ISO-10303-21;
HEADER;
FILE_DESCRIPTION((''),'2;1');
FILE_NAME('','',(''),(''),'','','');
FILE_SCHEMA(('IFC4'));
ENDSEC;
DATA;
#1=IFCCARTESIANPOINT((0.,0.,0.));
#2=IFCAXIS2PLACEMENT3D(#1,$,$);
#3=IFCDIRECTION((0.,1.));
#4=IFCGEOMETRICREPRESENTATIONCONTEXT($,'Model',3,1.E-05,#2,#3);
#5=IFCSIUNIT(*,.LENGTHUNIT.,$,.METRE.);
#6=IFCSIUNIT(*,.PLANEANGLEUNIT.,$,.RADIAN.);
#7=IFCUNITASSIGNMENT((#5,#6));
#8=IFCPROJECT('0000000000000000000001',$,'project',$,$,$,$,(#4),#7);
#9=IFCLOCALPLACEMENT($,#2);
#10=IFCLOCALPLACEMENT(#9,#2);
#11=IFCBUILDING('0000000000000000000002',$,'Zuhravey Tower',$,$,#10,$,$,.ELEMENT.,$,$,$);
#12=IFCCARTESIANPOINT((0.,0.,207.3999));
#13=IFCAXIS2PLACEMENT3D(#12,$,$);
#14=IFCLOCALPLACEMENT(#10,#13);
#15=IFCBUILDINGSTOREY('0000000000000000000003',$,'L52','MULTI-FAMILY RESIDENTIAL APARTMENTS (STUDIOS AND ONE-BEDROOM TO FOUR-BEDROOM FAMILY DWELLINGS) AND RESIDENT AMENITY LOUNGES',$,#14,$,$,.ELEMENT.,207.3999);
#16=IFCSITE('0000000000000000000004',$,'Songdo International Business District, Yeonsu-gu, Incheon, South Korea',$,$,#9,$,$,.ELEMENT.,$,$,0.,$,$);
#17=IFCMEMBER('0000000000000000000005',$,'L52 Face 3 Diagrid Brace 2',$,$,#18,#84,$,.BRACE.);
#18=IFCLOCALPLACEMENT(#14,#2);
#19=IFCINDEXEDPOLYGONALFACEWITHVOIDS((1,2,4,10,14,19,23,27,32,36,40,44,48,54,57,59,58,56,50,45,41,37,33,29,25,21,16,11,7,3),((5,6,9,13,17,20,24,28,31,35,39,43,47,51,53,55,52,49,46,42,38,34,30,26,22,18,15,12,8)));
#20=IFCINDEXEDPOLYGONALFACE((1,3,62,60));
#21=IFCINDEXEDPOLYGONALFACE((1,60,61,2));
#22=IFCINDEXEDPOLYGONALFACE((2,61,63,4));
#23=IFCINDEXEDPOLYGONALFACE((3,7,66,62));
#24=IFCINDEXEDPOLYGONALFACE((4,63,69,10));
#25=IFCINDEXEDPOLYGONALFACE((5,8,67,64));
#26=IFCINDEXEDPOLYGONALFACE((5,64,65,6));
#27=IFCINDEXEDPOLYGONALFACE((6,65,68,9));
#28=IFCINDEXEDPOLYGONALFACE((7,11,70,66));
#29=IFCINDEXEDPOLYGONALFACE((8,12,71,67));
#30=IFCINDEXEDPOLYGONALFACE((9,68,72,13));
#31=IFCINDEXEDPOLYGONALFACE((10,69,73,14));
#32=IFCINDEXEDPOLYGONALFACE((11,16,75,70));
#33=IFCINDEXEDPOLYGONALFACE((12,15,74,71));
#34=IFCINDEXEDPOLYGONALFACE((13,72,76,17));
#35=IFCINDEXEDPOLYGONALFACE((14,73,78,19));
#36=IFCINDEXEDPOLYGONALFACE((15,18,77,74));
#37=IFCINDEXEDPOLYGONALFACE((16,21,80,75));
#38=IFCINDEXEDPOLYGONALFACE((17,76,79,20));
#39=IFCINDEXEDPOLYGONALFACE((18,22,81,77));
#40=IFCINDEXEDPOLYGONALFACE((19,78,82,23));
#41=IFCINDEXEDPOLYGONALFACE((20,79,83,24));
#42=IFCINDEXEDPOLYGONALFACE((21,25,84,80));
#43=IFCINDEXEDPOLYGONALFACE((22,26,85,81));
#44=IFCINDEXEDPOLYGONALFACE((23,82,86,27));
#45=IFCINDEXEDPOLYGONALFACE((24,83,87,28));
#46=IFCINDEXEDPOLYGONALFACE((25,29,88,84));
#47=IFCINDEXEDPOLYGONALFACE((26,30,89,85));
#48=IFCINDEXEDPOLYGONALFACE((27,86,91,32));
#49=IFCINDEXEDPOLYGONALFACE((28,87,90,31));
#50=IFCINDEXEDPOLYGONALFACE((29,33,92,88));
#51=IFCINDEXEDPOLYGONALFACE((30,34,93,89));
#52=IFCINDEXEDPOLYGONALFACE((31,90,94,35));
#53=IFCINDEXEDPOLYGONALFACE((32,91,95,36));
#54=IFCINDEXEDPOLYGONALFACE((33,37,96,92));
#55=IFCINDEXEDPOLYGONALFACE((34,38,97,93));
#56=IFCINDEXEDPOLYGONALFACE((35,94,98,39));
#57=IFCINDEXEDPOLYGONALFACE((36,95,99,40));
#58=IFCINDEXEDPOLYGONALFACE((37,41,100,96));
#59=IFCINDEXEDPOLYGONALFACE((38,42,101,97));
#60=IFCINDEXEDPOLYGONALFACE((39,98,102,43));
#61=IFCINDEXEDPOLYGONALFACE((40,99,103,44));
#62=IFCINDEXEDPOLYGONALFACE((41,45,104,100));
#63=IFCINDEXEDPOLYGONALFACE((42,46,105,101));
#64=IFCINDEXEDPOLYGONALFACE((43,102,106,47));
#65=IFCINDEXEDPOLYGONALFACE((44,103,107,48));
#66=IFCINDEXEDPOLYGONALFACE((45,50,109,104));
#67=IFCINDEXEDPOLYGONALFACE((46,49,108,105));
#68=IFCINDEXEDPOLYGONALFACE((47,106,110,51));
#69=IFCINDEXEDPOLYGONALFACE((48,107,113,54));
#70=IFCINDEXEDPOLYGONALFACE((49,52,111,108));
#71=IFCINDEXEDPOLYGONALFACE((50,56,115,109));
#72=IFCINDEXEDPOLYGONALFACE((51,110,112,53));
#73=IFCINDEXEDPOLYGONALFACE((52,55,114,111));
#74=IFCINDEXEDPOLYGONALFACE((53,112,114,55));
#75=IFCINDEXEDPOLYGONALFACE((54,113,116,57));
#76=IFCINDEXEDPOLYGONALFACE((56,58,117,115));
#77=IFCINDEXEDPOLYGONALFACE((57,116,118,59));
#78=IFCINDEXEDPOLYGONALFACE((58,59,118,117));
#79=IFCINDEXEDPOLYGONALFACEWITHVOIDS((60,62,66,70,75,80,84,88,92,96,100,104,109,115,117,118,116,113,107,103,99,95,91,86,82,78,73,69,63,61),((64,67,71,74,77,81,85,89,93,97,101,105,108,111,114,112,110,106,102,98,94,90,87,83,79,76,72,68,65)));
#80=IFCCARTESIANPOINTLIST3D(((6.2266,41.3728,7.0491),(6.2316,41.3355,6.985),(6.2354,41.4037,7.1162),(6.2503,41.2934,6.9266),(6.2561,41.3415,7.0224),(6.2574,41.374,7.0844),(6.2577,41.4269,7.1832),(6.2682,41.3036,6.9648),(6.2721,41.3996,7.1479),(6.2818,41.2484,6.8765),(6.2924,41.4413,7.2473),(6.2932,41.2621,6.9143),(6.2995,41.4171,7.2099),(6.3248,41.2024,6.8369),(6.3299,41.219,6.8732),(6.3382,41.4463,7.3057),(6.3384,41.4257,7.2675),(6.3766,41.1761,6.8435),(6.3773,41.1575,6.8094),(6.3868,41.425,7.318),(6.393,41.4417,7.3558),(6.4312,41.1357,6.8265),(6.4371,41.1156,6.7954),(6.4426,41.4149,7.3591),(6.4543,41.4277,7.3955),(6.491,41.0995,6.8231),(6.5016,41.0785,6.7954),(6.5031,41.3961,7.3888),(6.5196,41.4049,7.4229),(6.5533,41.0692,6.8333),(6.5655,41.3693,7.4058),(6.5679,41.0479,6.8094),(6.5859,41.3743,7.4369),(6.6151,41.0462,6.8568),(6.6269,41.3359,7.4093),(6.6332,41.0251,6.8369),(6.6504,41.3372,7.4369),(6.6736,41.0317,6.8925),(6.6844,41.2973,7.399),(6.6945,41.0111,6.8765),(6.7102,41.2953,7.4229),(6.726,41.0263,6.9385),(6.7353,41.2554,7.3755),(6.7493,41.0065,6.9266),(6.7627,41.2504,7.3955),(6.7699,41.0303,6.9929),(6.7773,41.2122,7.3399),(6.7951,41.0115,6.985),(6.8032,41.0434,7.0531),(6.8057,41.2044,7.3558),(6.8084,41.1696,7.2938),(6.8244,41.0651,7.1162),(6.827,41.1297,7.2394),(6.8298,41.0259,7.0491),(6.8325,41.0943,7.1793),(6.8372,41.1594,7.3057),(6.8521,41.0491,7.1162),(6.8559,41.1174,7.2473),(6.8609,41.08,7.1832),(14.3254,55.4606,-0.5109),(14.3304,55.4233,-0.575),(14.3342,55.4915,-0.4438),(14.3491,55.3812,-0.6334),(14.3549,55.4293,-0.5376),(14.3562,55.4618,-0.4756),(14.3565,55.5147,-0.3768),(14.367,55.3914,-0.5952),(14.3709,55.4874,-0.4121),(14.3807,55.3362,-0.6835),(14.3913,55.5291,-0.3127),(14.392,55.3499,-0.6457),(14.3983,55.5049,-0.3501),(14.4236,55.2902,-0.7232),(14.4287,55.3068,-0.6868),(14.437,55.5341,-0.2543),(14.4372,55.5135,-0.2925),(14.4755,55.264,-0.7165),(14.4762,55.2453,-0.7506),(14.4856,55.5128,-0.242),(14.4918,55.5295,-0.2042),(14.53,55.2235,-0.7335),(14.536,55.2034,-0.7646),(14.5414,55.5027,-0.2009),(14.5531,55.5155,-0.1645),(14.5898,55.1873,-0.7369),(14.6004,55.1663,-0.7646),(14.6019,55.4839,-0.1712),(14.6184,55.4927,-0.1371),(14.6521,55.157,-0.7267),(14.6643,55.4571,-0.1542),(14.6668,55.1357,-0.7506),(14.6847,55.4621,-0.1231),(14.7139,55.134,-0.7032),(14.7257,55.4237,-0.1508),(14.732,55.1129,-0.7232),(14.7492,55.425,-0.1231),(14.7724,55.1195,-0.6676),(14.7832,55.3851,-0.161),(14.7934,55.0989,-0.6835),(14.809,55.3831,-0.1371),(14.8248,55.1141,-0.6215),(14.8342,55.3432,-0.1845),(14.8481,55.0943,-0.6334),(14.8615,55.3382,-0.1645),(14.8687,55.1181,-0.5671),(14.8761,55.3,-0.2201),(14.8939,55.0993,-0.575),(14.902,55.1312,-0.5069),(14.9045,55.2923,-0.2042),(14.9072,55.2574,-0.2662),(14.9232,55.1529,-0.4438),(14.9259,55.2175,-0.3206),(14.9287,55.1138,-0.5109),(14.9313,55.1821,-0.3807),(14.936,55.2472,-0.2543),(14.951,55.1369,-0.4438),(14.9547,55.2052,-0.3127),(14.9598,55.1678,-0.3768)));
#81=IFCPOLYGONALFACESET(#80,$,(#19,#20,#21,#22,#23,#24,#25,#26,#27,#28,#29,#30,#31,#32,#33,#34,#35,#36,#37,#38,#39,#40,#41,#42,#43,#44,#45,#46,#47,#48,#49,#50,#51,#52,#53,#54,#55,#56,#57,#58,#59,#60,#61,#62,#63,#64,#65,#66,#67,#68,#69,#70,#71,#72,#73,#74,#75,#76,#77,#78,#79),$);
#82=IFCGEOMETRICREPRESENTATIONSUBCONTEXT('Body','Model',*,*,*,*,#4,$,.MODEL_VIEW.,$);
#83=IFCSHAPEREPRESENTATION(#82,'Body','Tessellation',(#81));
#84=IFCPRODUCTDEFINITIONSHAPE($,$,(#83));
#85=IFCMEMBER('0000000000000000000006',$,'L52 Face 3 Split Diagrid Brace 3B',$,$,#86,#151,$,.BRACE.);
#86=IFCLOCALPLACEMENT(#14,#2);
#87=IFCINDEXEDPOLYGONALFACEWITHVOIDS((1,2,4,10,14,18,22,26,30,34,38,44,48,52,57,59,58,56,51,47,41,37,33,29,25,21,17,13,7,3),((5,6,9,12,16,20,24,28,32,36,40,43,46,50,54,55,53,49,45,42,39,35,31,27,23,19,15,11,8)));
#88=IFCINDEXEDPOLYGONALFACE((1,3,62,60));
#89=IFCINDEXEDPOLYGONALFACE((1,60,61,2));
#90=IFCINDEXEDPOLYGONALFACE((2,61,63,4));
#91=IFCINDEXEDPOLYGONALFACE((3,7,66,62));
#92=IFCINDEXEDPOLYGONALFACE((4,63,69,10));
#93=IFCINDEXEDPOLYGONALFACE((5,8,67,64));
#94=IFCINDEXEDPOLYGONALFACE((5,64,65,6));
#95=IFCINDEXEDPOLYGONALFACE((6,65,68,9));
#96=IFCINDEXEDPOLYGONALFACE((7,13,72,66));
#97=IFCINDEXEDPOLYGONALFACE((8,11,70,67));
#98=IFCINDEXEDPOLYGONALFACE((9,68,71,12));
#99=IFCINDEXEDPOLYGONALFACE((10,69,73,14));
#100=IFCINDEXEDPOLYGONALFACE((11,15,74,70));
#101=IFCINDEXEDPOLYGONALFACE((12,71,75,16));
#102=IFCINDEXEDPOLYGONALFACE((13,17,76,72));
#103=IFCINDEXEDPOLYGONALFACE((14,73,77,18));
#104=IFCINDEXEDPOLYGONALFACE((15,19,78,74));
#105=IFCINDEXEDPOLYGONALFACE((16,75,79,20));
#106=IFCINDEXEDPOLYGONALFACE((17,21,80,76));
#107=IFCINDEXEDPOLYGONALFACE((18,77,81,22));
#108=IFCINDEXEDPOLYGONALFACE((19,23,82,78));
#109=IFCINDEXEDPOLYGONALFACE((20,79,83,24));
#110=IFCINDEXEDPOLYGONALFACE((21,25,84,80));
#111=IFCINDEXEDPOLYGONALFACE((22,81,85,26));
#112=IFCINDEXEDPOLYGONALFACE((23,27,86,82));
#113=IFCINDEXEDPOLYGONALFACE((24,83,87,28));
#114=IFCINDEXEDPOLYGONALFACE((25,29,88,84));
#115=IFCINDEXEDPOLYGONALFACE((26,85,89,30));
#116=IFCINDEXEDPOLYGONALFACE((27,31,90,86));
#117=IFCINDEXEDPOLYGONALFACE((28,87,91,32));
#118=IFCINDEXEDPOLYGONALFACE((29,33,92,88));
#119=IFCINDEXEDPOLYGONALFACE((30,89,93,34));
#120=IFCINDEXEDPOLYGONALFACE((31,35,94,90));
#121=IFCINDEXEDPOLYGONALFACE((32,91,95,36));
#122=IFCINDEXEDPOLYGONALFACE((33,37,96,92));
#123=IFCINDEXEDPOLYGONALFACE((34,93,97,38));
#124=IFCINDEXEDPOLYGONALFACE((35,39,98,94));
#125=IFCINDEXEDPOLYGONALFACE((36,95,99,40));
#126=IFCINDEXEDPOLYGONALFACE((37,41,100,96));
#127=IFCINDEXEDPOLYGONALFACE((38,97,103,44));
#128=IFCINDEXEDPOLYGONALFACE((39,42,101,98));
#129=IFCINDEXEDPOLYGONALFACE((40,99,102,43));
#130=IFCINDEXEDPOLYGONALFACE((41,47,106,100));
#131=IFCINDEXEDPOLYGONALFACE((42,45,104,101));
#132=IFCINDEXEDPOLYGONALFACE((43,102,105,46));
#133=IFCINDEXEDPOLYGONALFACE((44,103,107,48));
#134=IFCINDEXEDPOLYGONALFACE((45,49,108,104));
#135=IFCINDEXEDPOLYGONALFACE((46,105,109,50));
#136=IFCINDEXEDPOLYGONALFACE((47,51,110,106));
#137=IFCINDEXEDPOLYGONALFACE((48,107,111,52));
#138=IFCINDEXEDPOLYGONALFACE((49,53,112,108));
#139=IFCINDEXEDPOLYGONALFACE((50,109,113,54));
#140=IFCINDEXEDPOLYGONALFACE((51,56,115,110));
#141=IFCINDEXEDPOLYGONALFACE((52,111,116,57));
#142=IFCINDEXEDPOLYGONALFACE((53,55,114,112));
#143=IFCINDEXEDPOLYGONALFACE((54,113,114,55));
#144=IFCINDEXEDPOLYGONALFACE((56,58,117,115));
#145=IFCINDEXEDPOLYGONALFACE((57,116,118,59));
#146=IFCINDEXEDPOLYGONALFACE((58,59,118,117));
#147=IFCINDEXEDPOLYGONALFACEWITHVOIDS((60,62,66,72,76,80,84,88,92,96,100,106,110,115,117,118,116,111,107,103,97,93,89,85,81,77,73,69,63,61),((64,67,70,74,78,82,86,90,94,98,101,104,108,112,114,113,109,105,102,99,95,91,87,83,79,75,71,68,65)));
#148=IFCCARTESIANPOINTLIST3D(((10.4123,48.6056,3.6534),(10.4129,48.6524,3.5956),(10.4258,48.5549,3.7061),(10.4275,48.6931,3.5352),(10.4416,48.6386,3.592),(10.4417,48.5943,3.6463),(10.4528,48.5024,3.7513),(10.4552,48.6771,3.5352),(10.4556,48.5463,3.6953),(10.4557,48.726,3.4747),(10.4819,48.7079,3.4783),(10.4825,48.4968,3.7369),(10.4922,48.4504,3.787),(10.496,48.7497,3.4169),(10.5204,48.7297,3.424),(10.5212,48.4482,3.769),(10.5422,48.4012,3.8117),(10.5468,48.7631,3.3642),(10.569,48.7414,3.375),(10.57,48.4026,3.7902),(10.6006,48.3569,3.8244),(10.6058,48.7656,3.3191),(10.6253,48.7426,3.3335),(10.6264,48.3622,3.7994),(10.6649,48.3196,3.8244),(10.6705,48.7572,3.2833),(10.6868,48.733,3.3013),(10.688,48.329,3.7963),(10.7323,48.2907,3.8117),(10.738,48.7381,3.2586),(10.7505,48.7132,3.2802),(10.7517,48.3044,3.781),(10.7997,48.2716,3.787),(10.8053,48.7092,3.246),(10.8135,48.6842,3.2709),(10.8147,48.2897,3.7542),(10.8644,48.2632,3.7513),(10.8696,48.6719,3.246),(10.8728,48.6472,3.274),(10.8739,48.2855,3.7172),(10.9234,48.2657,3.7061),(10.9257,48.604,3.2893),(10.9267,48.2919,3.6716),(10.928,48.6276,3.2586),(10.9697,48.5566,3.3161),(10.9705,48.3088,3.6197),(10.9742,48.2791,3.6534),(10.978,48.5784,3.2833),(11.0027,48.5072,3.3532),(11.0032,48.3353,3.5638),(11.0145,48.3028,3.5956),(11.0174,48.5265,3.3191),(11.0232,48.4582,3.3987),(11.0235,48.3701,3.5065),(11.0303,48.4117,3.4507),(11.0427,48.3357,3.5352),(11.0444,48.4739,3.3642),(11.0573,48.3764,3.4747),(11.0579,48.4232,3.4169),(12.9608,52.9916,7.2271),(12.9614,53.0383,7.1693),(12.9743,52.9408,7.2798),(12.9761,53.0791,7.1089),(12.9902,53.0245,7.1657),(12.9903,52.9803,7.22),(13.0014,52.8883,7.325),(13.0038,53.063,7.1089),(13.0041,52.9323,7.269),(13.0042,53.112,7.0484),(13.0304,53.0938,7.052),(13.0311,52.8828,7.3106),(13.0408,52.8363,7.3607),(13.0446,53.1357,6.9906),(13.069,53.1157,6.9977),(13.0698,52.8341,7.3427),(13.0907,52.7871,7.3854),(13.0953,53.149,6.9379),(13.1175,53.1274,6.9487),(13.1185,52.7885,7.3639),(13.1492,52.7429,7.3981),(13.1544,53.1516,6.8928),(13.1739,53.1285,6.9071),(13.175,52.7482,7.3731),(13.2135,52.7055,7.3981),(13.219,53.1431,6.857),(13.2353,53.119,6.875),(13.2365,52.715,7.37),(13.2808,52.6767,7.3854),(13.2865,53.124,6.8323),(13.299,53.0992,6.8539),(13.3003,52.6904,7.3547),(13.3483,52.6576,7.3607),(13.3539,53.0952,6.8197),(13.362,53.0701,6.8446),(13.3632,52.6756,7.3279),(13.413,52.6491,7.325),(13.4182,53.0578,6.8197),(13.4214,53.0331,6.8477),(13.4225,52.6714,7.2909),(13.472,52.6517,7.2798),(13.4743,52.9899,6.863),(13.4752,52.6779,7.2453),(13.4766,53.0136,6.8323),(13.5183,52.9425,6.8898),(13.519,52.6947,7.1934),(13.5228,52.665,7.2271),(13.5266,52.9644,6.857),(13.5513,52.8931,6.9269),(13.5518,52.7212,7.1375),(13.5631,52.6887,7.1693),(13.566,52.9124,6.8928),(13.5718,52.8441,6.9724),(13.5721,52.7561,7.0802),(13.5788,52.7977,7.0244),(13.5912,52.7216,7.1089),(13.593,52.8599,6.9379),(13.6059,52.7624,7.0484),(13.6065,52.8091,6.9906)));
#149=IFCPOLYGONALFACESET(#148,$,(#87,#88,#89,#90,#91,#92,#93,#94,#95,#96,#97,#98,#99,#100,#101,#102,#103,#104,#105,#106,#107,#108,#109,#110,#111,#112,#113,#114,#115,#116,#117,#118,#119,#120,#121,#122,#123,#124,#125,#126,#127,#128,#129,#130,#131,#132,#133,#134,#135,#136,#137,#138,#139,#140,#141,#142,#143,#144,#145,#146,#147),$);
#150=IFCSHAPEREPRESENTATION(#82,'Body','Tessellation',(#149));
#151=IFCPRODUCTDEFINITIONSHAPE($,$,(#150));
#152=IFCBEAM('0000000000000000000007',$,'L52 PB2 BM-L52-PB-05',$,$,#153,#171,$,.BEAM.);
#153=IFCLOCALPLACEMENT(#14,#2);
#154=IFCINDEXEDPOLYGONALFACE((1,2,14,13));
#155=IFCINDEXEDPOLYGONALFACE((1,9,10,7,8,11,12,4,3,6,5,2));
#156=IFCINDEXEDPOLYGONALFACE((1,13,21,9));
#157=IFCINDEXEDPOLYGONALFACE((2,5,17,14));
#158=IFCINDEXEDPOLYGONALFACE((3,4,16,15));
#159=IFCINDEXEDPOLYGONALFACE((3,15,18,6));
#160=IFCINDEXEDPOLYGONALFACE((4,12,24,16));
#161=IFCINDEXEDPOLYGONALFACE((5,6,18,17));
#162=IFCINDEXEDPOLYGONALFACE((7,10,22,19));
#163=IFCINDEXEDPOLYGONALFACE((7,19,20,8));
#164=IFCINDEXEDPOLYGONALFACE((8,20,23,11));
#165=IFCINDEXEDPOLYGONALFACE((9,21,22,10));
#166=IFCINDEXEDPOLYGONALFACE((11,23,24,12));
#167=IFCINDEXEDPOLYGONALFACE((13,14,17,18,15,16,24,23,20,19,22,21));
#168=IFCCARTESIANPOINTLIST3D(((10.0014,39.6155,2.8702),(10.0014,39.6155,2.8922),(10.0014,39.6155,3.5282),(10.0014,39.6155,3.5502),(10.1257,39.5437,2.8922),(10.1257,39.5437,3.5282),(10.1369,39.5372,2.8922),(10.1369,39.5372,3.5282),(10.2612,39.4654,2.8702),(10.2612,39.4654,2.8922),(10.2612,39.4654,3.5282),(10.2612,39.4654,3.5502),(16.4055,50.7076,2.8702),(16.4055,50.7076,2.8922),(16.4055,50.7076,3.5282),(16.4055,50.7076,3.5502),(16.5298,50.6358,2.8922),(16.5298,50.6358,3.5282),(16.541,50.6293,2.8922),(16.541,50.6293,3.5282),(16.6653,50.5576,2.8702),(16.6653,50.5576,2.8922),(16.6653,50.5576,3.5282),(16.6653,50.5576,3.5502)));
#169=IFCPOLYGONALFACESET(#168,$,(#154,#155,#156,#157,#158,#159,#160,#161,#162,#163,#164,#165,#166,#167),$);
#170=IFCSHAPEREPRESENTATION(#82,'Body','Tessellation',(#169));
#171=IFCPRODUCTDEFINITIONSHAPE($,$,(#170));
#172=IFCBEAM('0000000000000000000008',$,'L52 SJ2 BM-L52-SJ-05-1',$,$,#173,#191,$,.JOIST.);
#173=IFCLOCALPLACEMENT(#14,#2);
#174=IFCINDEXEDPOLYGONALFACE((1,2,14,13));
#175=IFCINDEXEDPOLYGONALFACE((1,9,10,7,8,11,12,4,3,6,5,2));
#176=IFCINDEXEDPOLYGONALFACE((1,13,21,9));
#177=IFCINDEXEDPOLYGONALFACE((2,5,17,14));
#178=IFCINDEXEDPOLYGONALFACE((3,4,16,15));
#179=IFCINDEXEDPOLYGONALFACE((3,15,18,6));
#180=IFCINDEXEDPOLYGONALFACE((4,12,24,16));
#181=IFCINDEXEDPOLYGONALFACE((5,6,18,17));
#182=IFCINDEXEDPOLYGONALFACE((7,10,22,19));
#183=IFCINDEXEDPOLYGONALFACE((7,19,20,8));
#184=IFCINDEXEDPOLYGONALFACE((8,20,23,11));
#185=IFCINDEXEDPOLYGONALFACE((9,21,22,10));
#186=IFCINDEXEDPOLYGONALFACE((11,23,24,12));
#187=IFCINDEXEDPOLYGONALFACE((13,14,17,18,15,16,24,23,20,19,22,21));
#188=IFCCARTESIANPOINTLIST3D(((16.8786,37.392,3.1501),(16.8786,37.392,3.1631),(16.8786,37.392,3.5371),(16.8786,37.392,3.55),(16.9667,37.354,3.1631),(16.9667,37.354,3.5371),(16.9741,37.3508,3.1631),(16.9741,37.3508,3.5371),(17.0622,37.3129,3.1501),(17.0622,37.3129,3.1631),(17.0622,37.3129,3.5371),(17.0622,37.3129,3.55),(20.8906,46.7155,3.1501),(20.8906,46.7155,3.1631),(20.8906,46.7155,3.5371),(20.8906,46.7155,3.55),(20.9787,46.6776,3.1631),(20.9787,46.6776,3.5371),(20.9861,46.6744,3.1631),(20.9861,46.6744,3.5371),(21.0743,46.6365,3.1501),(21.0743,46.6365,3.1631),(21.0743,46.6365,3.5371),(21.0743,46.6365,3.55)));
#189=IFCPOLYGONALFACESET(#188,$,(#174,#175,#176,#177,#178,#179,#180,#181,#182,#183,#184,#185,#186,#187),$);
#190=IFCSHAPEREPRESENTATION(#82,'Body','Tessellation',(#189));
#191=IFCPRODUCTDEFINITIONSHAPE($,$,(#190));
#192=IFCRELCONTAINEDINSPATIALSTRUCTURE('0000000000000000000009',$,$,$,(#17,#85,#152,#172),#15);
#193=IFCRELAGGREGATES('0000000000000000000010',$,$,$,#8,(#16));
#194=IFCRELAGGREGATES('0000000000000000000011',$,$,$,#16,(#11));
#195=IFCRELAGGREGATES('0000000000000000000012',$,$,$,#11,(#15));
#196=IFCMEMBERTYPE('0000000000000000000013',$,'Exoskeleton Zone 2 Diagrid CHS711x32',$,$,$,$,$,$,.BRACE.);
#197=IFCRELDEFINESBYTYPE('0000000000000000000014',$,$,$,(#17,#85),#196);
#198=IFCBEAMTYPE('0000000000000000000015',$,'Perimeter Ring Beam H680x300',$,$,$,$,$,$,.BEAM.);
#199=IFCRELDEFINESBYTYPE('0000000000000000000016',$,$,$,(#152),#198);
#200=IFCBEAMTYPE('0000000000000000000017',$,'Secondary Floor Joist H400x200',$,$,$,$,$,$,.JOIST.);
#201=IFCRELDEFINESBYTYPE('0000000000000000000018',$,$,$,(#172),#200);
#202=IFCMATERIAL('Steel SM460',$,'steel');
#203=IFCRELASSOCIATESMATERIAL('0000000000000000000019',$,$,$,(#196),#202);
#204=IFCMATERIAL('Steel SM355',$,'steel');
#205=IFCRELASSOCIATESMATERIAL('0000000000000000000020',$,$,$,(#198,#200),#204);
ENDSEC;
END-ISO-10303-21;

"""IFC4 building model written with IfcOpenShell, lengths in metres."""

from ifc_helpers import new_model, si_unit, direction, frame, origin, origin_2d, place, context, subcontext, project, spatial, hollow_circle, i_section, extrude, material, material_profile, profile_set, type_object, element, save


model = new_model("IFC4")

# Units and contexts
model_context = context("Model", 3, precision=1e-05, world=origin(), true_north=direction((0.0, 1.0)))
body_context = subcontext(model_context, "Body", "Model", "MODEL_VIEW")
ifc_project = project(units=[si_unit("LENGTHUNIT", "METRE"), si_unit("PLANEANGLEUNIT", "RADIAN")], contexts=[model_context])

# Site, building, storey
site_placement = place(None, origin())
site = spatial("IfcSite", under=ifc_project, at=site_placement, Name="Songdo International Business District, Yeonsu-gu, Incheon, South Korea", CompositionType="ELEMENT", RefElevation=0.0)
building_placement = place(site_placement, origin())
building = spatial("IfcBuilding", under=site, at=building_placement, Name="Zuhravey Tower", CompositionType="ELEMENT")
storey_placement = place(building_placement, frame((0.0, 0.0, 207.3999)))
storey = spatial("IfcBuildingStorey", under=building, at=storey_placement, Name="L52", Description="MULTI-FAMILY RESIDENTIAL APARTMENTS (STUDIOS AND ONE-BEDROOM TO FOUR-BEDROOM FAMILY DWELLINGS) AND RESIDENT AMENITY LOUNGES", CompositionType="ELEMENT", Elevation=207.3999)

# Members
ifc_material_1 = material(Name="Steel SM355", Category="steel")
ifc_material_2 = material(Name="Steel SM460", Category="steel")
ifc_material_profile_1 = material_profile(ifc_material_2, hollow_circle(Radius=0.3557, WallThickness=0.032, at=origin_2d()), Name="CHS-711.2x32")
ifc_profile_set_1 = profile_set([ifc_material_profile_1], Name="Steel SM460")
member_type_1 = type_object("IfcMemberType", Name="Exoskeleton Zone 2 Diagrid CHS711x32", PredefinedType="BRACE", material=ifc_profile_set_1)
member_1_placement = place(storey_placement, frame((14.6426, 55.3142, -0.4438), z_axis=(-0.451884, -0.786046, 0.42182), x_axis=(0.86695, -0.498394, 0.0)))
element("IfcMember", 1, at=member_1_placement, inside=storey, type_object=member_type_1, Name="L52 Face 3 Diagrid Brace 2", PredefinedType="BRACE", context=body_context, shape_type="SweptSolid", body=[
    extrude(hollow_circle(Radius=0.3557, WallThickness=0.032, at=origin_2d()), origin(), (0.0, 0.0, 1.0), 17.9224),
])
member_2_placement = place(storey_placement, frame((10.7351, 48.5144, 3.5352), z_axis=(0.410722, 0.706832, 0.575931), x_axis=(-0.864628, 0.502413, 0.0)))
element("IfcMember", 2, at=member_2_placement, inside=storey, type_object=member_type_1, Name="L52 Face 3 Split Diagrid Brace 3B", PredefinedType="BRACE", context=body_context, shape_type="SweptSolid", body=[
    extrude(hollow_circle(Radius=0.3557, WallThickness=0.032, at=origin_2d()), origin(), (0.0, 0.0, 1.0), 6.2051),
])

# Beams
ifc_material_profile_2 = material_profile(ifc_material_1, i_section(OverallWidth=0.3, OverallDepth=0.6799, WebThickness=0.0129, FlangeThickness=0.022, at=origin_2d()), Name="H-680x300x13x22")
ifc_profile_set_2 = profile_set([ifc_material_profile_2], Name="Steel SM355")
beam_type_1 = type_object("IfcBeamType", Name="Perimeter Ring Beam H680x300", PredefinedType="BEAM", material=ifc_profile_set_2)
beam_1_placement = place(storey_placement, frame((16.5354, 50.6326, 3.2102), z_axis=(-0.500004, -0.866023, 0.0), x_axis=(0.866023, -0.500004, 0.0)))
element("IfcBeam", 3, at=beam_1_placement, inside=storey, type_object=beam_type_1, Name="L52 PB2 BM-L52-PB-05", PredefinedType="BEAM", context=body_context, shape_type="SweptSolid", body=[
    extrude(i_section(OverallWidth=0.3, OverallDepth=0.6799, WebThickness=0.0129, FlangeThickness=0.022, at=origin_2d()), origin(), (0.0, 0.0, 1.0), 12.8081),
])
ifc_material_profile_3 = material_profile(ifc_material_1, i_section(OverallWidth=0.2, OverallDepth=0.3999, WebThickness=0.0081, FlangeThickness=0.0129, at=origin_2d()), Name="H-400x200x8x13")
ifc_profile_set_3 = profile_set([ifc_material_profile_3], Name="Steel SM355")
beam_type_2 = type_object("IfcBeamType", Name="Secondary Floor Joist H400x200", PredefinedType="JOIST", material=ifc_profile_set_3)
beam_2_placement = place(storey_placement, frame((20.9824, 46.676, 3.3501), z_axis=(-0.395266, -0.918567, 0.0), x_axis=(0.918567, -0.395266, 0.0)))
element("IfcBeam", 4, at=beam_2_placement, inside=storey, type_object=beam_type_2, Name="L52 SJ2 BM-L52-SJ-05-1", PredefinedType="JOIST", context=body_context, shape_type="SweptSolid", body=[
    extrude(i_section(OverallWidth=0.2, OverallDepth=0.3999, WebThickness=0.0081, FlangeThickness=0.0129, at=origin_2d()), origin(), (0.0, 0.0, 1.0), 10.1501),
])

save(model, "model.ifc")
